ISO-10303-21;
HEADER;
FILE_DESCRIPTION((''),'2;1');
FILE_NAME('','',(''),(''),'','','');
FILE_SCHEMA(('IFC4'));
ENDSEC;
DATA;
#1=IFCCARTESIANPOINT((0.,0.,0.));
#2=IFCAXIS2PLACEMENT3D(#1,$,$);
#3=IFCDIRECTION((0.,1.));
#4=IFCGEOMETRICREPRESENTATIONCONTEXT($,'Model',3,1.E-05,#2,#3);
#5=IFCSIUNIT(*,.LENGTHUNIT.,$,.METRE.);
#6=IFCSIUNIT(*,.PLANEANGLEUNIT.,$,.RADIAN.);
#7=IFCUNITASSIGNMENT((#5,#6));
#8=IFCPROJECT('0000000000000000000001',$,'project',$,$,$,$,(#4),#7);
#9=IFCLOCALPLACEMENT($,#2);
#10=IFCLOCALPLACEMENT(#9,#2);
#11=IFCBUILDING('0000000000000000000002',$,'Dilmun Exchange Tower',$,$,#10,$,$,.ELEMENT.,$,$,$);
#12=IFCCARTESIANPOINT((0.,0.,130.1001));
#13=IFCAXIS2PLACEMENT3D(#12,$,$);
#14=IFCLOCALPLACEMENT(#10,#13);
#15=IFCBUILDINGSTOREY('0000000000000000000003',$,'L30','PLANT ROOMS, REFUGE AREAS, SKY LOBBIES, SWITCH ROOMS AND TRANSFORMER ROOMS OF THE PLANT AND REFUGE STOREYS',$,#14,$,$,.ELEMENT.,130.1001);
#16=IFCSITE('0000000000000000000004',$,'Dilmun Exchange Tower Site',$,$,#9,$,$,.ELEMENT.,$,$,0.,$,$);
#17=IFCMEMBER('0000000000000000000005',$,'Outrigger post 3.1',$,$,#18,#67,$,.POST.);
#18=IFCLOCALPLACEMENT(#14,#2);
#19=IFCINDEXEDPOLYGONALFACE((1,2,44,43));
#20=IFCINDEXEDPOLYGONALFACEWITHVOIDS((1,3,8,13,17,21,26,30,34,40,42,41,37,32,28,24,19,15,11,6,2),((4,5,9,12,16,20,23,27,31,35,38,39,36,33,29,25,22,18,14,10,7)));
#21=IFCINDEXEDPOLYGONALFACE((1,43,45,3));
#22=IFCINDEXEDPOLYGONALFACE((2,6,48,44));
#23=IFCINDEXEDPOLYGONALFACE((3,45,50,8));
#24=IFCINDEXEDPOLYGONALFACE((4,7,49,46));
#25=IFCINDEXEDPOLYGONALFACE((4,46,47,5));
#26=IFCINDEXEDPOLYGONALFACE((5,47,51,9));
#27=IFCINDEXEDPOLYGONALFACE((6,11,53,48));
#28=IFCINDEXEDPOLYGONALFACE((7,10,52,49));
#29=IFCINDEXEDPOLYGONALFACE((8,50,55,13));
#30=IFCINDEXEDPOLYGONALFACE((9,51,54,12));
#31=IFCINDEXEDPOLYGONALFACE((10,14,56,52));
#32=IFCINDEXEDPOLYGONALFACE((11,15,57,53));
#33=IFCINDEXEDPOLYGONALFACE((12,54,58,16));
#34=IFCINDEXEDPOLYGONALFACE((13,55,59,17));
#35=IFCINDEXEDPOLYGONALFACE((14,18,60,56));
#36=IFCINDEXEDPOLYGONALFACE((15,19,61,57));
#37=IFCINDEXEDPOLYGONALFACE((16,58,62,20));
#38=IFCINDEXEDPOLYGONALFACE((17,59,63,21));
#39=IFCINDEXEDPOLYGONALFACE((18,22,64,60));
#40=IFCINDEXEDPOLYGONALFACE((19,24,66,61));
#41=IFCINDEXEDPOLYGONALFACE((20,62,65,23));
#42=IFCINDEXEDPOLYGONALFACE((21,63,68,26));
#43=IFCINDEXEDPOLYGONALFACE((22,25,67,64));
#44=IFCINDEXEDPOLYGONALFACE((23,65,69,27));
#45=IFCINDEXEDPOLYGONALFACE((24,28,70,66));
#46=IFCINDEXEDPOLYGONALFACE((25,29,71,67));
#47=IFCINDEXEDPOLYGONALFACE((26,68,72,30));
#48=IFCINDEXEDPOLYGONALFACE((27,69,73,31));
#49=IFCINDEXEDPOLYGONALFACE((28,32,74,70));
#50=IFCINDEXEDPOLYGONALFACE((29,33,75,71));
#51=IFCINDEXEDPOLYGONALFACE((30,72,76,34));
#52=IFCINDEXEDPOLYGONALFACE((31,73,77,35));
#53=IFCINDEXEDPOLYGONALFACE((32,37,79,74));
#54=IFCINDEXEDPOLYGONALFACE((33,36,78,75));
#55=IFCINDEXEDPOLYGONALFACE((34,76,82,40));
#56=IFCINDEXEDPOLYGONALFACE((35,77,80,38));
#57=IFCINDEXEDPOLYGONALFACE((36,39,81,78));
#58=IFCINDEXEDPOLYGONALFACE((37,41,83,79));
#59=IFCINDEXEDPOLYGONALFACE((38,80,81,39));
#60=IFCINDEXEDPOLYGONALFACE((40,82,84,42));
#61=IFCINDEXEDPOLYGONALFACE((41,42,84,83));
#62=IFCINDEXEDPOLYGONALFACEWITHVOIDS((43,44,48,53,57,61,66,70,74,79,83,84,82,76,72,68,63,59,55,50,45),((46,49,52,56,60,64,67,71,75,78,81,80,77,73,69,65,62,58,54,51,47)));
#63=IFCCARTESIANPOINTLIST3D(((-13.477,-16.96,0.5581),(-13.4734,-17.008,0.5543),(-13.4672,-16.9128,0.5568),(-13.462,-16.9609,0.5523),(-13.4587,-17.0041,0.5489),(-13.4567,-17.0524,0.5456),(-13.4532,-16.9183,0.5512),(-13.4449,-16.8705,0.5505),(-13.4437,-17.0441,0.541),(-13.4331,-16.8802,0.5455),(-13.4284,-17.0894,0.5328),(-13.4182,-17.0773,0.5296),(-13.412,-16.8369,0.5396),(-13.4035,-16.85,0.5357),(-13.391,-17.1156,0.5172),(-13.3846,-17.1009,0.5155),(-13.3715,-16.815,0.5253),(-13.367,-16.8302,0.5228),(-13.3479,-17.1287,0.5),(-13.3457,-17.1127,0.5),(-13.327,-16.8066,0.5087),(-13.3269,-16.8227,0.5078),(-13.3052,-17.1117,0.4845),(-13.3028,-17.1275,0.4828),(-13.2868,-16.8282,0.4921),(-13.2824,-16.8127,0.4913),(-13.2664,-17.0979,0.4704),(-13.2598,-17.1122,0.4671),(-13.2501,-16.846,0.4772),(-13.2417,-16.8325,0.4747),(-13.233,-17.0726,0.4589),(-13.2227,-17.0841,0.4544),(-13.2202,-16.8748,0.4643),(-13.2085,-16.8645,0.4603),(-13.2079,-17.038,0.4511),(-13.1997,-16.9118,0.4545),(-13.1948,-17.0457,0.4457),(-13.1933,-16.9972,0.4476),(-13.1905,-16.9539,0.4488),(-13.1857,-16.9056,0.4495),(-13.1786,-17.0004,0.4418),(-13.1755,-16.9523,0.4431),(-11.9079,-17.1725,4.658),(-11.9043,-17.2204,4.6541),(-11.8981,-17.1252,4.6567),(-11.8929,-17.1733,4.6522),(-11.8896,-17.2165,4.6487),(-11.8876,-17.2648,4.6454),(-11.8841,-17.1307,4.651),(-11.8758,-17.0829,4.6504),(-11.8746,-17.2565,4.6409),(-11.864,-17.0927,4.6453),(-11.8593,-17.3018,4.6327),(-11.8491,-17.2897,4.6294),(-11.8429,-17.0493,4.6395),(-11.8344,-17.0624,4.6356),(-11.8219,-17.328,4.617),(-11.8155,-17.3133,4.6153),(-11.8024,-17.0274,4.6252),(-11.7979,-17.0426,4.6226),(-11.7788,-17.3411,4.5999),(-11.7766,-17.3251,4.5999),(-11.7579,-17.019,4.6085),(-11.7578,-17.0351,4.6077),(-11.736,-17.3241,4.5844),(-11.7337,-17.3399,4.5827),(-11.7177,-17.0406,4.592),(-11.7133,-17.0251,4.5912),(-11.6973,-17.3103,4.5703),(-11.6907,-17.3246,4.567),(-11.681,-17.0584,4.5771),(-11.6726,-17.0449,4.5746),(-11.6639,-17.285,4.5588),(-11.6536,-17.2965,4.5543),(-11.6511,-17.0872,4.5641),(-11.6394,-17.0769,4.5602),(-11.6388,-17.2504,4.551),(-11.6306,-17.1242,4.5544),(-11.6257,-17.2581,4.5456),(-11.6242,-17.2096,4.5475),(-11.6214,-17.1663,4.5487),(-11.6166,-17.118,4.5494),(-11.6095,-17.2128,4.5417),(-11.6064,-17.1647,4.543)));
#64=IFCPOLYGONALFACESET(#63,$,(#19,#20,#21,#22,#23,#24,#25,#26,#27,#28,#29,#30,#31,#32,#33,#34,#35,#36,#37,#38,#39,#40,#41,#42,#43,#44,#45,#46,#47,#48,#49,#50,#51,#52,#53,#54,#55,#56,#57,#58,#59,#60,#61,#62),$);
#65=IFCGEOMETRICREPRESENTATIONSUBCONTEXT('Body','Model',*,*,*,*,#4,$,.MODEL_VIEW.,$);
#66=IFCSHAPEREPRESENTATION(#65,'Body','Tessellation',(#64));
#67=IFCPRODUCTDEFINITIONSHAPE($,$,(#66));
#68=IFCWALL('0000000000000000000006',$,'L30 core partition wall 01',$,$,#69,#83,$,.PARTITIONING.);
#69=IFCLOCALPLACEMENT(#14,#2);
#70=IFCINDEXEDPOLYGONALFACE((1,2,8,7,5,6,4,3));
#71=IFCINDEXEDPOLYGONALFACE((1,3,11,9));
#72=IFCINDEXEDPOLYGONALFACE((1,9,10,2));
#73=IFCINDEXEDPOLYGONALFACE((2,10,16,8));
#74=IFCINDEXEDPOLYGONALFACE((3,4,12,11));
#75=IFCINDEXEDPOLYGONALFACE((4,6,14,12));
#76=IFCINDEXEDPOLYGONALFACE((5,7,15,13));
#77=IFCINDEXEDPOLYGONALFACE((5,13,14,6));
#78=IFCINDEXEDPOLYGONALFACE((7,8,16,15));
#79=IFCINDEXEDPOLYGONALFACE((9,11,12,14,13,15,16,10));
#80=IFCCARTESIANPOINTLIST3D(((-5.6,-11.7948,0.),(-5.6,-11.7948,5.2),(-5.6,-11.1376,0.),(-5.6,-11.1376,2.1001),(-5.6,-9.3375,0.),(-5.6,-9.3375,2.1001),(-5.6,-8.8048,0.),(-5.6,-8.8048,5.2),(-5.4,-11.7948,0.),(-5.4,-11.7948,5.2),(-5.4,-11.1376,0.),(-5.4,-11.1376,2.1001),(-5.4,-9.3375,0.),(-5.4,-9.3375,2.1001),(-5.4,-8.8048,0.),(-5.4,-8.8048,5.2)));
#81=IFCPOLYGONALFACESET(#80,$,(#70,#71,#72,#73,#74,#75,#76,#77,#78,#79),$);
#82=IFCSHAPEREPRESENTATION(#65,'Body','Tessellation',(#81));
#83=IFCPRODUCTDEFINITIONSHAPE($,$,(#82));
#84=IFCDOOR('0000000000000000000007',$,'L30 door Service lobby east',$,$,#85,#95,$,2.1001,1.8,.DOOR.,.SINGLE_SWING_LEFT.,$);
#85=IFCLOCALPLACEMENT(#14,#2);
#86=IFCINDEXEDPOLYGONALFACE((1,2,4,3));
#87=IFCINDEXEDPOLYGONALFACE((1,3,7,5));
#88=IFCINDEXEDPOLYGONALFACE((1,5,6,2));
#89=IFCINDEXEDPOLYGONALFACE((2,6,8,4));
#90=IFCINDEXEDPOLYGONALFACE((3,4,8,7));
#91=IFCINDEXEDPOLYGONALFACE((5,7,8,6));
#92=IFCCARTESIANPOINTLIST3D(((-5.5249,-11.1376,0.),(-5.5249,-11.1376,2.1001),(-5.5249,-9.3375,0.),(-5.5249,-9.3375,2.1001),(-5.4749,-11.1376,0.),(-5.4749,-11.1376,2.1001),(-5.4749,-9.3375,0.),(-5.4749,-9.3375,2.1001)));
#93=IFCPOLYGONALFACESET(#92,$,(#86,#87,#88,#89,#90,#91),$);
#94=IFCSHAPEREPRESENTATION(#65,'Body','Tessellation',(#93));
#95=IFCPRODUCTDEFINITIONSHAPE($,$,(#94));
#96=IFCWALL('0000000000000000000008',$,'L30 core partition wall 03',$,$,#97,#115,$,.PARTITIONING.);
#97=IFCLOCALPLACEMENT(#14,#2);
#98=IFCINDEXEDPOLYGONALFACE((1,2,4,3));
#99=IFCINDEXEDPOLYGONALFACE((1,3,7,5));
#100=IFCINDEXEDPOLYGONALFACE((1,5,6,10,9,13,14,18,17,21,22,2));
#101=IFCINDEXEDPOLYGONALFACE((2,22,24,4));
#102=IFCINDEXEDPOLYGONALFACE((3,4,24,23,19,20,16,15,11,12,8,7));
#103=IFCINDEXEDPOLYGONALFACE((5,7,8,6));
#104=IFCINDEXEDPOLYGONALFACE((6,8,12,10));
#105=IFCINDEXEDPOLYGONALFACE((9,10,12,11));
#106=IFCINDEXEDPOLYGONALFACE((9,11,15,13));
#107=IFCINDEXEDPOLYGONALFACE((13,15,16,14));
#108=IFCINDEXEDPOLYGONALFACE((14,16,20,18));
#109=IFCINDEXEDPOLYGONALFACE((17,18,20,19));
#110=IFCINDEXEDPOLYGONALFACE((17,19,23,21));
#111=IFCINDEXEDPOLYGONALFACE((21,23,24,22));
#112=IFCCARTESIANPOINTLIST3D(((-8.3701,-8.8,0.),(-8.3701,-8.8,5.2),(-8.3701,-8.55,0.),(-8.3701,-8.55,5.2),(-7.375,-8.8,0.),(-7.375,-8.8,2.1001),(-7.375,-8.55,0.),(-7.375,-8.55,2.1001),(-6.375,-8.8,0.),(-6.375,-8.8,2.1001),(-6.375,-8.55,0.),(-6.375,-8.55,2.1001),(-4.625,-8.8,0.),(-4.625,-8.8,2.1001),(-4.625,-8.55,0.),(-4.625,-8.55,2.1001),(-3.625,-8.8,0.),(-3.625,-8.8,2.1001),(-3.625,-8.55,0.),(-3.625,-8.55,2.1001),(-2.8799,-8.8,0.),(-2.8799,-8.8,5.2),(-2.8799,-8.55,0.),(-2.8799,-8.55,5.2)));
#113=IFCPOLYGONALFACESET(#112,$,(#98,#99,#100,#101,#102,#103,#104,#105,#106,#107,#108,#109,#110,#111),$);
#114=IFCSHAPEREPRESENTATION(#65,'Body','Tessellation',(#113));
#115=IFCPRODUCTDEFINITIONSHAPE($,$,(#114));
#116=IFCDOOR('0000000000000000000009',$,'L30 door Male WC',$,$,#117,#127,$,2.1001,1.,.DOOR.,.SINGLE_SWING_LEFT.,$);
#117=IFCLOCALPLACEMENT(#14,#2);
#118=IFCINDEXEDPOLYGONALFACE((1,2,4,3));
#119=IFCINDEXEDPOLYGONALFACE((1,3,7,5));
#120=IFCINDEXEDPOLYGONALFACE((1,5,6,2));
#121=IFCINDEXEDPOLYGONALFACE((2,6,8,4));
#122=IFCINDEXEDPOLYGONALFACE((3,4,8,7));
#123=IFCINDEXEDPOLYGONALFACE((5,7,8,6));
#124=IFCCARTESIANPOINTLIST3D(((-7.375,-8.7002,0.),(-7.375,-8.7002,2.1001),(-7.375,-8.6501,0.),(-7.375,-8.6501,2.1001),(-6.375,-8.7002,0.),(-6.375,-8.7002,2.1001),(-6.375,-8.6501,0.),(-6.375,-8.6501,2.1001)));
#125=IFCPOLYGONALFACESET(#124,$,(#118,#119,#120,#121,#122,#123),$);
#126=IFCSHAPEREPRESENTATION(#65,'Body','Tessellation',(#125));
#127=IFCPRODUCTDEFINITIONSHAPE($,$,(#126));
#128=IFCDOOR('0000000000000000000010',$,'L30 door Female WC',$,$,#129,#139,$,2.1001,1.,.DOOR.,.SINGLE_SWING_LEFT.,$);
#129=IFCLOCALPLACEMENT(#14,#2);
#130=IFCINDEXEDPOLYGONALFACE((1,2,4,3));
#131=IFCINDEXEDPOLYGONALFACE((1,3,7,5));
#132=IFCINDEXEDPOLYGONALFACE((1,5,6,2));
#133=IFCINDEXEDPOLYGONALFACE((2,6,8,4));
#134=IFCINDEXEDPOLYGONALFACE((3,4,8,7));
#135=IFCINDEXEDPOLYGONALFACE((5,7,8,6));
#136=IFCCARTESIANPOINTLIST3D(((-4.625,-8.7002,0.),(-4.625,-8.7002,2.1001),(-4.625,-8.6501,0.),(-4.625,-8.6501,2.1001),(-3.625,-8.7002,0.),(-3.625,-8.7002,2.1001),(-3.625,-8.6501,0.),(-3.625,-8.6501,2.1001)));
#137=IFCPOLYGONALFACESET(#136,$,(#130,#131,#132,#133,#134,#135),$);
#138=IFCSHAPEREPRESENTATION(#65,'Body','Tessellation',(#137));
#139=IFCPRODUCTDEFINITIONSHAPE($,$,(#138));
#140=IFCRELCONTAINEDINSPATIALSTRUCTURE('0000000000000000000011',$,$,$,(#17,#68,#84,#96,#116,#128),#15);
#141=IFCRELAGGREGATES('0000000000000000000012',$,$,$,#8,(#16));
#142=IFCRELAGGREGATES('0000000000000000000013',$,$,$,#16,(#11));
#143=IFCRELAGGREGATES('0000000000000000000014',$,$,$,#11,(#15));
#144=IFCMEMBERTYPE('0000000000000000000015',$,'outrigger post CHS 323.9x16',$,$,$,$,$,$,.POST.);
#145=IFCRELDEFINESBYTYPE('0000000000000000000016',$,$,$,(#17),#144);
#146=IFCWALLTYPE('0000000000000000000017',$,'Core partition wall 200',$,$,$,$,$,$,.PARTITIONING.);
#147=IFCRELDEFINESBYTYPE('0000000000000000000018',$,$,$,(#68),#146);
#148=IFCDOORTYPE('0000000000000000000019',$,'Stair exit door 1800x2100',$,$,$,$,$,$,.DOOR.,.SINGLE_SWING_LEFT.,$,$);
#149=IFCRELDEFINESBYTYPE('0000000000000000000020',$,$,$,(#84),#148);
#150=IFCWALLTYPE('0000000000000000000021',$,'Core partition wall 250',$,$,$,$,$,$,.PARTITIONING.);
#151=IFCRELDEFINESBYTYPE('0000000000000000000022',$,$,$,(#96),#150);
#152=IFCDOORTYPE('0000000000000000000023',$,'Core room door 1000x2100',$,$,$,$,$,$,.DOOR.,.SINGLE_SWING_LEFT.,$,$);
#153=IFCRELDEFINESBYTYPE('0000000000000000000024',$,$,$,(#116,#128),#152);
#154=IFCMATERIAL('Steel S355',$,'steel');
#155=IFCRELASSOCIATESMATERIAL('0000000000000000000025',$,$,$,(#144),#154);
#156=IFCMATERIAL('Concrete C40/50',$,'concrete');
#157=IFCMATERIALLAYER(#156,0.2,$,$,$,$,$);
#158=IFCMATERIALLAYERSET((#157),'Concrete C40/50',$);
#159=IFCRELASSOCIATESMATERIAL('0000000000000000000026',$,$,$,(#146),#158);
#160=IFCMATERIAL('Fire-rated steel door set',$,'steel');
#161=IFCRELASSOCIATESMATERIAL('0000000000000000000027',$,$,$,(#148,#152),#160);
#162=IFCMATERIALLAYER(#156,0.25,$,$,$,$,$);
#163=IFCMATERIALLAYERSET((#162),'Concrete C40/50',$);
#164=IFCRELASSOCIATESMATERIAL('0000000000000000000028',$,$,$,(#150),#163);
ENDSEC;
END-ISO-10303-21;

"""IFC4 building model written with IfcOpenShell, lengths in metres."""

from ifc_helpers import new_model, si_unit, direction, frame, frame_2d, origin, origin_2d, place, context, subcontext, project, spatial, rectangle, hollow_circle, extrude, material, layer, layer_set, material_profile, profile_set, type_object, element, fill, save


model = new_model("IFC4")

# Units and contexts
model_context = context("Model", 3, precision=1e-05, world=origin(), true_north=direction((0.0, 1.0)))
body_context = subcontext(model_context, "Body", "Model", "MODEL_VIEW")
ifc_project = project(units=[si_unit("LENGTHUNIT", "METRE"), si_unit("PLANEANGLEUNIT", "RADIAN")], contexts=[model_context])

# Site, building, storey
site_placement = place(None, origin())
site = spatial("IfcSite", under=ifc_project, at=site_placement, Name="Dilmun Exchange Tower Site", CompositionType="ELEMENT", RefElevation=0.0)
building_placement = place(site_placement, origin())
building = spatial("IfcBuilding", under=site, at=building_placement, Name="Dilmun Exchange Tower", CompositionType="ELEMENT")
storey_placement = place(building_placement, frame((0.0, 0.0, 130.1001)))
storey = spatial("IfcBuildingStorey", under=building, at=storey_placement, Name="L30", Description="PLANT ROOMS, REFUGE AREAS, SKY LOBBIES, SWITCH ROOMS AND TRANSFORMER ROOMS OF THE PLANT AND REFUGE STOREYS", CompositionType="ELEMENT", Elevation=130.1001)

# Member
ifc_material_1 = material(Name="Steel S355", Category="steel")
ifc_material_profile = material_profile(ifc_material_1, hollow_circle(Radius=0.1619, WallThickness=0.0161, at=origin_2d()), Name="CHS 323.9x16")
ifc_profile_set = profile_set([ifc_material_profile], Name="Steel S355")
member_type = type_object("IfcMemberType", Name="outrigger post CHS 323.9x16", PredefinedType="POST", material=ifc_profile_set)
member_placement = place(storey_placement, frame((-11.7571, -17.1807, 4.5999), z_axis=(-0.357018, 0.048328, -0.932846), x_axis=(-0.134143, -0.990962, 0.0)))
element("IfcMember", 1, at=member_placement, inside=storey, type_object=member_type, Name="Outrigger post 3.1", PredefinedType="POST", context=body_context, shape_type="SweptSolid", body=[
    extrude(hollow_circle(Radius=0.1619, WallThickness=0.0161, at=origin_2d()), origin(), (0.0, 0.0, 1.0), 4.395),
])

# Wall, opening, door
ifc_material_2 = material(Name="Concrete C40/50", Category="concrete")
ifc_layer_1 = layer(ifc_material_2, 0.2)
ifc_layer_set_1 = layer_set([ifc_layer_1], Name="Concrete C40/50")
wall_type_1 = type_object("IfcWallType", Name="Core partition wall 200", PredefinedType="PARTITIONING", material=ifc_layer_set_1)
wall_1_placement = place(storey_placement, frame((-5.5, -11.7949, 0.0), z_axis=(0.0, 0.0, 1.0), x_axis=(0.0, 1.0, 0.0)))
wall_1 = element("IfcWall", 2, at=wall_1_placement, inside=storey, type_object=wall_type_1, Name="L30 core partition wall 01", PredefinedType="PARTITIONING", context=body_context, shape_type="SweptSolid", body=[
    extrude(rectangle(XDim=2.99, YDim=0.2, at=frame_2d((1.4951, 0.0))), origin(), (0.0, 0.0, 1.0), 5.2),
])
opening_1_placement = place(wall_1_placement, frame((0.6575, 0.0, 0.0)))
opening_1 = element("IfcOpeningElement", 3, at=opening_1_placement, cuts=wall_1, PredefinedType="OPENING", context=body_context, shape_type="SweptSolid", body=[
    extrude(rectangle(XDim=1.8, YDim=2.1001, at=frame_2d((0.8999, 1.05))), frame((0.0, 0.1099, 0.0), z_axis=(0.0, -1.0, 0.0), x_axis=(1.0, 0.0, 0.0)), (0.0, 0.0, 1.0), 0.22),
])
ifc_material_3 = material(Name="Fire-rated steel door set", Category="steel")
door_type_1 = type_object("IfcDoorType", Name="Stair exit door 1800x2100", OperationType="SINGLE_SWING_LEFT", PredefinedType="DOOR", material=ifc_material_3)
door_1_placement = place(opening_1_placement, origin())
door_1 = element("IfcDoor", 4, at=door_1_placement, inside=storey, type_object=door_type_1, Name="L30 door Service lobby east", OperationType="SINGLE_SWING_LEFT", OverallHeight=2.1001, OverallWidth=1.8, PredefinedType="DOOR", context=body_context, shape_type="SweptSolid", body=[
    extrude(rectangle(XDim=1.8, YDim=2.1001, at=frame_2d((0.8999, 1.05))), frame((0.0, 0.0249, 0.0), z_axis=(0.0, -1.0, 0.0), x_axis=(1.0, 0.0, 0.0)), (0.0, 0.0, 1.0), 0.05),
])
fill(opening_1, door_1)

# Wall, openings, doors
ifc_layer_2 = layer(ifc_material_2, 0.25)
ifc_layer_set_2 = layer_set([ifc_layer_2], Name="Concrete C40/50")
wall_type_2 = type_object("IfcWallType", Name="Core partition wall 250", PredefinedType="PARTITIONING", material=ifc_layer_set_2)
wall_2_placement = place(storey_placement, frame((-8.3701, -8.675, 0.0), z_axis=(0.0, 0.0, 1.0), x_axis=(1.0, 0.0, 0.0)))
wall_2 = element("IfcWall", 5, at=wall_2_placement, inside=storey, type_object=wall_type_2, Name="L30 core partition wall 03", PredefinedType="PARTITIONING", context=body_context, shape_type="SweptSolid", body=[
    extrude(rectangle(XDim=5.4902, YDim=0.25, at=frame_2d((2.7451, 0.0))), origin(), (0.0, 0.0, 1.0), 5.2),
])
opening_2_placement = place(wall_2_placement, frame((0.9951, 0.0, 0.0)))
opening_2 = element("IfcOpeningElement", 6, at=opening_2_placement, cuts=wall_2, PredefinedType="OPENING", context=body_context, shape_type="SweptSolid", body=[
    extrude(rectangle(XDim=1.0, YDim=2.1001, at=frame_2d((0.5, 1.05))), frame((0.0, 0.135, 0.0), z_axis=(0.0, -1.0, 0.0), x_axis=(1.0, 0.0, 0.0)), (0.0, 0.0, 1.0), 0.27),
])
opening_3_placement = place(wall_2_placement, frame((3.7451, 0.0, 0.0)))
opening_3 = element("IfcOpeningElement", 7, at=opening_3_placement, cuts=wall_2, PredefinedType="OPENING", context=body_context, shape_type="SweptSolid", body=[
    extrude(rectangle(XDim=1.0, YDim=2.1001, at=frame_2d((0.5, 1.05))), frame((0.0, 0.135, 0.0), z_axis=(0.0, -1.0, 0.0), x_axis=(1.0, 0.0, 0.0)), (0.0, 0.0, 1.0), 0.27),
])
door_type_2 = type_object("IfcDoorType", Name="Core room door 1000x2100", OperationType="SINGLE_SWING_LEFT", PredefinedType="DOOR", material=ifc_material_3)
door_2_placement = place(opening_2_placement, origin())
door_2 = element("IfcDoor", 8, at=door_2_placement, inside=storey, type_object=door_type_2, Name="L30 door Male WC", OperationType="SINGLE_SWING_LEFT", OverallHeight=2.1001, OverallWidth=1.0, PredefinedType="DOOR", context=body_context, shape_type="SweptSolid", body=[
    extrude(rectangle(XDim=1.0, YDim=2.1001, at=frame_2d((0.5, 1.05))), frame((0.0, 0.0249, 0.0), z_axis=(0.0, -1.0, 0.0), x_axis=(1.0, 0.0, 0.0)), (0.0, 0.0, 1.0), 0.05),
])
fill(opening_2, door_2)
door_3_placement = place(opening_3_placement, origin())
door_3 = element("IfcDoor", 9, at=door_3_placement, inside=storey, type_object=door_type_2, Name="L30 door Female WC", OperationType="SINGLE_SWING_LEFT", OverallHeight=2.1001, OverallWidth=1.0, PredefinedType="DOOR", context=body_context, shape_type="SweptSolid", body=[
    extrude(rectangle(XDim=1.0, YDim=2.1001, at=frame_2d((0.5, 1.05))), frame((0.0, 0.0249, 0.0), z_axis=(0.0, -1.0, 0.0), x_axis=(1.0, 0.0, 0.0)), (0.0, 0.0, 1.0), 0.05),
])
fill(opening_3, door_3)

save(model, "model.ifc")
